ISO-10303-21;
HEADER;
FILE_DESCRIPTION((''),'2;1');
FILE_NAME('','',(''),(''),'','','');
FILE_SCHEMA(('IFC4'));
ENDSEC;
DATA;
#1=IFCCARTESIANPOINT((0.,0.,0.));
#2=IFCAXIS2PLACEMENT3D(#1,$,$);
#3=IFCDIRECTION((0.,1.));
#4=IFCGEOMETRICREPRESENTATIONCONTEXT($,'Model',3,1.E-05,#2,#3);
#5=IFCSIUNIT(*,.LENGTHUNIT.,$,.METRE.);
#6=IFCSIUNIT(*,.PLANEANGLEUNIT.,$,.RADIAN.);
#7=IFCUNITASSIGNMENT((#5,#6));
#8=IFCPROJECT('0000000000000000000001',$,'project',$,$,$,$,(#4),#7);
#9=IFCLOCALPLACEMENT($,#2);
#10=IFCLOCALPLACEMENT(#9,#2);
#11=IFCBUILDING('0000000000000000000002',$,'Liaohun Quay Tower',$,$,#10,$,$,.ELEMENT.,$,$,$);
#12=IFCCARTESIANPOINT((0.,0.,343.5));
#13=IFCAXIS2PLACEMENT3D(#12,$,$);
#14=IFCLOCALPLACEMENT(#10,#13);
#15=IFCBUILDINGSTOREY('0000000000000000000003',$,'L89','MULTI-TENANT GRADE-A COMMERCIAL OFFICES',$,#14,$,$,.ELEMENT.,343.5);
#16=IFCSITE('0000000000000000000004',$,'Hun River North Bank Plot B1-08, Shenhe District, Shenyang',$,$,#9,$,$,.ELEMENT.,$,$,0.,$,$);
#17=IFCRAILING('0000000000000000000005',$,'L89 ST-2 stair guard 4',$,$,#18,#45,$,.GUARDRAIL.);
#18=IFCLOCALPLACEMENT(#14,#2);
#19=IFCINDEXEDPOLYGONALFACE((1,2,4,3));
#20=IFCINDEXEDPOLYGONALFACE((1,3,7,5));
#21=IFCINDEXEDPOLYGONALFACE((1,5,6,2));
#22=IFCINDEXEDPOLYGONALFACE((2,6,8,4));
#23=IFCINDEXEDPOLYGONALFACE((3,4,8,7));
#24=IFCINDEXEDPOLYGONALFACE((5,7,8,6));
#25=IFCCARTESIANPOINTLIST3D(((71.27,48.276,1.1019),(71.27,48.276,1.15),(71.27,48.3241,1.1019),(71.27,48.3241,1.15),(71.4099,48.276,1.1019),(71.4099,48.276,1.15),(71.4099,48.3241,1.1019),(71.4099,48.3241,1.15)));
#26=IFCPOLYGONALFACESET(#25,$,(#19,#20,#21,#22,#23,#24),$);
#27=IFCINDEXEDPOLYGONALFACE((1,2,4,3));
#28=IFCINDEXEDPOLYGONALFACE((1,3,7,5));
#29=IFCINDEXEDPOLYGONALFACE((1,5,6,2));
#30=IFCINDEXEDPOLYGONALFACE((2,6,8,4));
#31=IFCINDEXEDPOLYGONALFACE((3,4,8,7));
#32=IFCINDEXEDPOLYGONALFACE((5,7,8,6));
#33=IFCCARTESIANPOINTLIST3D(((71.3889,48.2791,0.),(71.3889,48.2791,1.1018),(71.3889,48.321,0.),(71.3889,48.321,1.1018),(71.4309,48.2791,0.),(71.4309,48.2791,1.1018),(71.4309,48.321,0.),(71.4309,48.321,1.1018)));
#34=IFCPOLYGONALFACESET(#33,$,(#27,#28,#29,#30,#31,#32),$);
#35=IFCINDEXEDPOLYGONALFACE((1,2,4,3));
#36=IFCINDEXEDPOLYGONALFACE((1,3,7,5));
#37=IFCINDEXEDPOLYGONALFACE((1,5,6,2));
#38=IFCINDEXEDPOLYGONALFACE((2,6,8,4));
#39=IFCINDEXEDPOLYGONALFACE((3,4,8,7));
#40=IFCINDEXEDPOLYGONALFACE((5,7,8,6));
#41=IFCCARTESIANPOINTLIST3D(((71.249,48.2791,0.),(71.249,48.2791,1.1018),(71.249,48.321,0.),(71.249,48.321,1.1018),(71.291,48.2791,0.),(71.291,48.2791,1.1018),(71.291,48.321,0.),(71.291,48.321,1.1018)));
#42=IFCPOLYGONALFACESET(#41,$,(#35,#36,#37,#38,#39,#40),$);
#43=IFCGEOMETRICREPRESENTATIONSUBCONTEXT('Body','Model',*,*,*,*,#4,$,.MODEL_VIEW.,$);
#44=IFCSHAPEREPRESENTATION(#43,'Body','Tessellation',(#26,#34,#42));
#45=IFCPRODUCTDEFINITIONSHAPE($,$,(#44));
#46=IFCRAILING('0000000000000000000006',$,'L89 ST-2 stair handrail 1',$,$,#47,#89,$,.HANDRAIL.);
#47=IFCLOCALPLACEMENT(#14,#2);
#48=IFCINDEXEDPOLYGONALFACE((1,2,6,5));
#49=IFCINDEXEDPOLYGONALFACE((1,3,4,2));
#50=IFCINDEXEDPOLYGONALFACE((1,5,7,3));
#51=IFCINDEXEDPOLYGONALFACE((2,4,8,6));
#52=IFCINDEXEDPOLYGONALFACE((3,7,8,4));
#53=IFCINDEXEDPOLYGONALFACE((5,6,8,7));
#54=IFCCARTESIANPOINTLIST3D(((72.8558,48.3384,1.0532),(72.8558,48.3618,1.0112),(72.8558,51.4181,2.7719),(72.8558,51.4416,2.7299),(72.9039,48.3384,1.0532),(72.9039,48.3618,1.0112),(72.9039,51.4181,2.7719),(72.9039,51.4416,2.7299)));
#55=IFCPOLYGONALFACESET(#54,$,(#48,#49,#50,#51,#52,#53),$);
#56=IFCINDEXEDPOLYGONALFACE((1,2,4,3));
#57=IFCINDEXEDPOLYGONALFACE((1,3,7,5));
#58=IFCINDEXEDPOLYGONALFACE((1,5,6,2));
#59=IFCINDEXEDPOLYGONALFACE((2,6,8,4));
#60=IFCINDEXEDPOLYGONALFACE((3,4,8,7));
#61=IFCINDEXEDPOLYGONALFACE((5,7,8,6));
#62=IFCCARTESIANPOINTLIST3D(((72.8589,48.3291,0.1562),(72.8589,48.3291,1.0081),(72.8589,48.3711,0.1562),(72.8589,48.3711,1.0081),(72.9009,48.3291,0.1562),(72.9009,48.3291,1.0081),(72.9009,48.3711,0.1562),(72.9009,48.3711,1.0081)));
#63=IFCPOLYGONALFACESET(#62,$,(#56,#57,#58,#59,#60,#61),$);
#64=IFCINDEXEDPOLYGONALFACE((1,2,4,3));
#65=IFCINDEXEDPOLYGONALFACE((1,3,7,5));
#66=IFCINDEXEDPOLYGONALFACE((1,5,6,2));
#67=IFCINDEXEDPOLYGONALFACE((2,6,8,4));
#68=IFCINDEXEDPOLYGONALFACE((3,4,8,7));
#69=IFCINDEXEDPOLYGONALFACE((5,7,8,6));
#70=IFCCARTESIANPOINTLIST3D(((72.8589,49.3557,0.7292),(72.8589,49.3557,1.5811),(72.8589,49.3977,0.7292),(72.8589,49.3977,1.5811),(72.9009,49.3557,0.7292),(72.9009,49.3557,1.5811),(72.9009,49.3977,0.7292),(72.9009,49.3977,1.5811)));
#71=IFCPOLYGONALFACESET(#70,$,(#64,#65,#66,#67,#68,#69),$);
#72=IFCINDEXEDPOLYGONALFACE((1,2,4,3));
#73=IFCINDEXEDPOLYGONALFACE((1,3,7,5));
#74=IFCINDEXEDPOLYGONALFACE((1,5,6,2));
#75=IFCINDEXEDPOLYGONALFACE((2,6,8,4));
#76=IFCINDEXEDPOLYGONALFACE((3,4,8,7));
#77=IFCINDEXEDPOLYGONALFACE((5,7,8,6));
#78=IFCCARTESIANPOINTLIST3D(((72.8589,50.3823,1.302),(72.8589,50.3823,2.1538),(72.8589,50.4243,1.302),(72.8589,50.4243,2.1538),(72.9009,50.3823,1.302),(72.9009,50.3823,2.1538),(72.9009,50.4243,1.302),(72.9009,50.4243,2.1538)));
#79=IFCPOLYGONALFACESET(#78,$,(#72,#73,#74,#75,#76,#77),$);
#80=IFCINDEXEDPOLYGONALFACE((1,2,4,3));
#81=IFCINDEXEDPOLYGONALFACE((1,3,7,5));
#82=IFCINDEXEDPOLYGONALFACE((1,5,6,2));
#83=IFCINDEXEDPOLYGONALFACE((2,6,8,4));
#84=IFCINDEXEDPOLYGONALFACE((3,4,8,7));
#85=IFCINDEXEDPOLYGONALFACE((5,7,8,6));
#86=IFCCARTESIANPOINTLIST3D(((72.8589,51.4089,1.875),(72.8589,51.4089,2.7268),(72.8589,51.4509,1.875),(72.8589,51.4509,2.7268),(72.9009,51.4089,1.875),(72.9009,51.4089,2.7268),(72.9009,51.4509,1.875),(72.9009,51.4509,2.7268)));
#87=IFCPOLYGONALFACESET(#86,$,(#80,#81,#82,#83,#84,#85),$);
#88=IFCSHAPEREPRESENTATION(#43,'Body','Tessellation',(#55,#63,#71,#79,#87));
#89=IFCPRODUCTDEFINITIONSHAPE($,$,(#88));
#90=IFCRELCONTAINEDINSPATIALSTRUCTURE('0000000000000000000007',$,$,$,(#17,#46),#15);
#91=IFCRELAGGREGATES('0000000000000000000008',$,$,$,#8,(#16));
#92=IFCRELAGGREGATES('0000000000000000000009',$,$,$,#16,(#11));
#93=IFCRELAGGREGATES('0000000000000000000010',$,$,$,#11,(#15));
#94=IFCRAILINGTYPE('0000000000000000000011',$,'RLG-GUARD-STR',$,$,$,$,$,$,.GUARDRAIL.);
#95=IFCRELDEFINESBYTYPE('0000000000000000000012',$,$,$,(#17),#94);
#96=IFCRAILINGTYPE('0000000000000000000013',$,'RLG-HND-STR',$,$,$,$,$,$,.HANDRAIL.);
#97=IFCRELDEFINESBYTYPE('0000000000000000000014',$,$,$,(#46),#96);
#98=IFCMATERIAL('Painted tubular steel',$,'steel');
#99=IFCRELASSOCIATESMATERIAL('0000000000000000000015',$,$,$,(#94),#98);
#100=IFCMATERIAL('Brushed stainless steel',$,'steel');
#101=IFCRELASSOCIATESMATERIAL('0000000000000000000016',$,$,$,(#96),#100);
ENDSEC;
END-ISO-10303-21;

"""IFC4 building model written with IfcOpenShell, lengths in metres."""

from ifc_helpers import new_model, si_unit, direction, frame, origin, origin_2d, place, context, subcontext, project, spatial, rectangle, extrude, material, type_object, element, save


model = new_model("IFC4")

# Units and contexts
model_context = context("Model", 3, precision=1e-05, world=origin(), true_north=direction((0.0, 1.0)))
body_context = subcontext(model_context, "Body", "Model", "MODEL_VIEW")
ifc_project = project(units=[si_unit("LENGTHUNIT", "METRE"), si_unit("PLANEANGLEUNIT", "RADIAN")], contexts=[model_context])

# Site, building, storey
site_placement = place(None, origin())
site = spatial("IfcSite", under=ifc_project, at=site_placement, Name="Hun River North Bank Plot B1-08, Shenhe District, Shenyang", CompositionType="ELEMENT", RefElevation=0.0)
building_placement = place(site_placement, origin())
building = spatial("IfcBuilding", under=site, at=building_placement, Name="Liaohun Quay Tower", CompositionType="ELEMENT")
storey_placement = place(building_placement, frame((0.0, 0.0, 343.5)))
storey = spatial("IfcBuildingStorey", under=building, at=storey_placement, Name="L89", Description="MULTI-TENANT GRADE-A COMMERCIAL OFFICES", CompositionType="ELEMENT", Elevation=343.5)

# Railings
ifc_material_1 = material(Name="Painted tubular steel", Category="steel")
railing_type_1 = type_object("IfcRailingType", Name="RLG-GUARD-STR", PredefinedType="GUARDRAIL", material=ifc_material_1)
railing_1_placement = place(storey_placement, frame((71.4099, 48.3, 0.0)))
element("IfcRailing", 1, at=railing_1_placement, inside=storey, type_object=railing_type_1, Name="L89 ST-2 stair guard 4", PredefinedType="GUARDRAIL", context=body_context, shape_type="SweptSolid", body=[
    extrude(rectangle(XDim=0.0481, YDim=0.0481, at=origin_2d()), frame((0.0, 0.0, 1.126), z_axis=(-1.0, 0.0, 0.0), x_axis=(0.0, -1.0, 0.0)), (0.0, 0.0, 1.0), 0.1399),
    extrude(rectangle(XDim=0.042, YDim=0.042, at=origin_2d()), origin(), (0.0, 0.0, 1.0), 1.1018),
    extrude(rectangle(XDim=0.042, YDim=0.042, at=origin_2d()), frame((-0.1399, 0.0, 0.0)), (0.0, 0.0, 1.0), 1.1018),
])
ifc_material_2 = material(Name="Brushed stainless steel", Category="steel")
railing_type_2 = type_object("IfcRailingType", Name="RLG-HND-STR", PredefinedType="HANDRAIL", material=ifc_material_2)
railing_2_placement = place(storey_placement, frame((72.8799, 48.3501, 0.1562)))
element("IfcRailing", 2, at=railing_2_placement, inside=storey, type_object=railing_type_2, Name="L89 ST-2 stair handrail 1", PredefinedType="HANDRAIL", context=body_context, shape_type="SweptSolid", body=[
    extrude(rectangle(XDim=0.0481, YDim=0.0481, at=origin_2d()), frame((0.0, 0.0, 0.876), z_axis=(0.0, 0.873225, 0.487317), x_axis=(-1.0, 0.0, 0.0)), (0.0, 0.0, 1.0), 3.5269),
    extrude(rectangle(XDim=0.042, YDim=0.042, at=origin_2d()), origin(), (0.0, 0.0, 1.0), 0.8518),
    extrude(rectangle(XDim=0.042, YDim=0.042, at=origin_2d()), frame((0.0, 1.0266, 0.573)), (0.0, 0.0, 1.0), 0.8518),
    extrude(rectangle(XDim=0.042, YDim=0.042, at=origin_2d()), frame((0.0, 2.0532, 1.1458)), (0.0, 0.0, 1.0), 0.8518),
    extrude(rectangle(XDim=0.042, YDim=0.042, at=origin_2d()), frame((0.0, 3.0798, 1.7188)), (0.0, 0.0, 1.0), 0.8518),
])

save(model, "model.ifc")
